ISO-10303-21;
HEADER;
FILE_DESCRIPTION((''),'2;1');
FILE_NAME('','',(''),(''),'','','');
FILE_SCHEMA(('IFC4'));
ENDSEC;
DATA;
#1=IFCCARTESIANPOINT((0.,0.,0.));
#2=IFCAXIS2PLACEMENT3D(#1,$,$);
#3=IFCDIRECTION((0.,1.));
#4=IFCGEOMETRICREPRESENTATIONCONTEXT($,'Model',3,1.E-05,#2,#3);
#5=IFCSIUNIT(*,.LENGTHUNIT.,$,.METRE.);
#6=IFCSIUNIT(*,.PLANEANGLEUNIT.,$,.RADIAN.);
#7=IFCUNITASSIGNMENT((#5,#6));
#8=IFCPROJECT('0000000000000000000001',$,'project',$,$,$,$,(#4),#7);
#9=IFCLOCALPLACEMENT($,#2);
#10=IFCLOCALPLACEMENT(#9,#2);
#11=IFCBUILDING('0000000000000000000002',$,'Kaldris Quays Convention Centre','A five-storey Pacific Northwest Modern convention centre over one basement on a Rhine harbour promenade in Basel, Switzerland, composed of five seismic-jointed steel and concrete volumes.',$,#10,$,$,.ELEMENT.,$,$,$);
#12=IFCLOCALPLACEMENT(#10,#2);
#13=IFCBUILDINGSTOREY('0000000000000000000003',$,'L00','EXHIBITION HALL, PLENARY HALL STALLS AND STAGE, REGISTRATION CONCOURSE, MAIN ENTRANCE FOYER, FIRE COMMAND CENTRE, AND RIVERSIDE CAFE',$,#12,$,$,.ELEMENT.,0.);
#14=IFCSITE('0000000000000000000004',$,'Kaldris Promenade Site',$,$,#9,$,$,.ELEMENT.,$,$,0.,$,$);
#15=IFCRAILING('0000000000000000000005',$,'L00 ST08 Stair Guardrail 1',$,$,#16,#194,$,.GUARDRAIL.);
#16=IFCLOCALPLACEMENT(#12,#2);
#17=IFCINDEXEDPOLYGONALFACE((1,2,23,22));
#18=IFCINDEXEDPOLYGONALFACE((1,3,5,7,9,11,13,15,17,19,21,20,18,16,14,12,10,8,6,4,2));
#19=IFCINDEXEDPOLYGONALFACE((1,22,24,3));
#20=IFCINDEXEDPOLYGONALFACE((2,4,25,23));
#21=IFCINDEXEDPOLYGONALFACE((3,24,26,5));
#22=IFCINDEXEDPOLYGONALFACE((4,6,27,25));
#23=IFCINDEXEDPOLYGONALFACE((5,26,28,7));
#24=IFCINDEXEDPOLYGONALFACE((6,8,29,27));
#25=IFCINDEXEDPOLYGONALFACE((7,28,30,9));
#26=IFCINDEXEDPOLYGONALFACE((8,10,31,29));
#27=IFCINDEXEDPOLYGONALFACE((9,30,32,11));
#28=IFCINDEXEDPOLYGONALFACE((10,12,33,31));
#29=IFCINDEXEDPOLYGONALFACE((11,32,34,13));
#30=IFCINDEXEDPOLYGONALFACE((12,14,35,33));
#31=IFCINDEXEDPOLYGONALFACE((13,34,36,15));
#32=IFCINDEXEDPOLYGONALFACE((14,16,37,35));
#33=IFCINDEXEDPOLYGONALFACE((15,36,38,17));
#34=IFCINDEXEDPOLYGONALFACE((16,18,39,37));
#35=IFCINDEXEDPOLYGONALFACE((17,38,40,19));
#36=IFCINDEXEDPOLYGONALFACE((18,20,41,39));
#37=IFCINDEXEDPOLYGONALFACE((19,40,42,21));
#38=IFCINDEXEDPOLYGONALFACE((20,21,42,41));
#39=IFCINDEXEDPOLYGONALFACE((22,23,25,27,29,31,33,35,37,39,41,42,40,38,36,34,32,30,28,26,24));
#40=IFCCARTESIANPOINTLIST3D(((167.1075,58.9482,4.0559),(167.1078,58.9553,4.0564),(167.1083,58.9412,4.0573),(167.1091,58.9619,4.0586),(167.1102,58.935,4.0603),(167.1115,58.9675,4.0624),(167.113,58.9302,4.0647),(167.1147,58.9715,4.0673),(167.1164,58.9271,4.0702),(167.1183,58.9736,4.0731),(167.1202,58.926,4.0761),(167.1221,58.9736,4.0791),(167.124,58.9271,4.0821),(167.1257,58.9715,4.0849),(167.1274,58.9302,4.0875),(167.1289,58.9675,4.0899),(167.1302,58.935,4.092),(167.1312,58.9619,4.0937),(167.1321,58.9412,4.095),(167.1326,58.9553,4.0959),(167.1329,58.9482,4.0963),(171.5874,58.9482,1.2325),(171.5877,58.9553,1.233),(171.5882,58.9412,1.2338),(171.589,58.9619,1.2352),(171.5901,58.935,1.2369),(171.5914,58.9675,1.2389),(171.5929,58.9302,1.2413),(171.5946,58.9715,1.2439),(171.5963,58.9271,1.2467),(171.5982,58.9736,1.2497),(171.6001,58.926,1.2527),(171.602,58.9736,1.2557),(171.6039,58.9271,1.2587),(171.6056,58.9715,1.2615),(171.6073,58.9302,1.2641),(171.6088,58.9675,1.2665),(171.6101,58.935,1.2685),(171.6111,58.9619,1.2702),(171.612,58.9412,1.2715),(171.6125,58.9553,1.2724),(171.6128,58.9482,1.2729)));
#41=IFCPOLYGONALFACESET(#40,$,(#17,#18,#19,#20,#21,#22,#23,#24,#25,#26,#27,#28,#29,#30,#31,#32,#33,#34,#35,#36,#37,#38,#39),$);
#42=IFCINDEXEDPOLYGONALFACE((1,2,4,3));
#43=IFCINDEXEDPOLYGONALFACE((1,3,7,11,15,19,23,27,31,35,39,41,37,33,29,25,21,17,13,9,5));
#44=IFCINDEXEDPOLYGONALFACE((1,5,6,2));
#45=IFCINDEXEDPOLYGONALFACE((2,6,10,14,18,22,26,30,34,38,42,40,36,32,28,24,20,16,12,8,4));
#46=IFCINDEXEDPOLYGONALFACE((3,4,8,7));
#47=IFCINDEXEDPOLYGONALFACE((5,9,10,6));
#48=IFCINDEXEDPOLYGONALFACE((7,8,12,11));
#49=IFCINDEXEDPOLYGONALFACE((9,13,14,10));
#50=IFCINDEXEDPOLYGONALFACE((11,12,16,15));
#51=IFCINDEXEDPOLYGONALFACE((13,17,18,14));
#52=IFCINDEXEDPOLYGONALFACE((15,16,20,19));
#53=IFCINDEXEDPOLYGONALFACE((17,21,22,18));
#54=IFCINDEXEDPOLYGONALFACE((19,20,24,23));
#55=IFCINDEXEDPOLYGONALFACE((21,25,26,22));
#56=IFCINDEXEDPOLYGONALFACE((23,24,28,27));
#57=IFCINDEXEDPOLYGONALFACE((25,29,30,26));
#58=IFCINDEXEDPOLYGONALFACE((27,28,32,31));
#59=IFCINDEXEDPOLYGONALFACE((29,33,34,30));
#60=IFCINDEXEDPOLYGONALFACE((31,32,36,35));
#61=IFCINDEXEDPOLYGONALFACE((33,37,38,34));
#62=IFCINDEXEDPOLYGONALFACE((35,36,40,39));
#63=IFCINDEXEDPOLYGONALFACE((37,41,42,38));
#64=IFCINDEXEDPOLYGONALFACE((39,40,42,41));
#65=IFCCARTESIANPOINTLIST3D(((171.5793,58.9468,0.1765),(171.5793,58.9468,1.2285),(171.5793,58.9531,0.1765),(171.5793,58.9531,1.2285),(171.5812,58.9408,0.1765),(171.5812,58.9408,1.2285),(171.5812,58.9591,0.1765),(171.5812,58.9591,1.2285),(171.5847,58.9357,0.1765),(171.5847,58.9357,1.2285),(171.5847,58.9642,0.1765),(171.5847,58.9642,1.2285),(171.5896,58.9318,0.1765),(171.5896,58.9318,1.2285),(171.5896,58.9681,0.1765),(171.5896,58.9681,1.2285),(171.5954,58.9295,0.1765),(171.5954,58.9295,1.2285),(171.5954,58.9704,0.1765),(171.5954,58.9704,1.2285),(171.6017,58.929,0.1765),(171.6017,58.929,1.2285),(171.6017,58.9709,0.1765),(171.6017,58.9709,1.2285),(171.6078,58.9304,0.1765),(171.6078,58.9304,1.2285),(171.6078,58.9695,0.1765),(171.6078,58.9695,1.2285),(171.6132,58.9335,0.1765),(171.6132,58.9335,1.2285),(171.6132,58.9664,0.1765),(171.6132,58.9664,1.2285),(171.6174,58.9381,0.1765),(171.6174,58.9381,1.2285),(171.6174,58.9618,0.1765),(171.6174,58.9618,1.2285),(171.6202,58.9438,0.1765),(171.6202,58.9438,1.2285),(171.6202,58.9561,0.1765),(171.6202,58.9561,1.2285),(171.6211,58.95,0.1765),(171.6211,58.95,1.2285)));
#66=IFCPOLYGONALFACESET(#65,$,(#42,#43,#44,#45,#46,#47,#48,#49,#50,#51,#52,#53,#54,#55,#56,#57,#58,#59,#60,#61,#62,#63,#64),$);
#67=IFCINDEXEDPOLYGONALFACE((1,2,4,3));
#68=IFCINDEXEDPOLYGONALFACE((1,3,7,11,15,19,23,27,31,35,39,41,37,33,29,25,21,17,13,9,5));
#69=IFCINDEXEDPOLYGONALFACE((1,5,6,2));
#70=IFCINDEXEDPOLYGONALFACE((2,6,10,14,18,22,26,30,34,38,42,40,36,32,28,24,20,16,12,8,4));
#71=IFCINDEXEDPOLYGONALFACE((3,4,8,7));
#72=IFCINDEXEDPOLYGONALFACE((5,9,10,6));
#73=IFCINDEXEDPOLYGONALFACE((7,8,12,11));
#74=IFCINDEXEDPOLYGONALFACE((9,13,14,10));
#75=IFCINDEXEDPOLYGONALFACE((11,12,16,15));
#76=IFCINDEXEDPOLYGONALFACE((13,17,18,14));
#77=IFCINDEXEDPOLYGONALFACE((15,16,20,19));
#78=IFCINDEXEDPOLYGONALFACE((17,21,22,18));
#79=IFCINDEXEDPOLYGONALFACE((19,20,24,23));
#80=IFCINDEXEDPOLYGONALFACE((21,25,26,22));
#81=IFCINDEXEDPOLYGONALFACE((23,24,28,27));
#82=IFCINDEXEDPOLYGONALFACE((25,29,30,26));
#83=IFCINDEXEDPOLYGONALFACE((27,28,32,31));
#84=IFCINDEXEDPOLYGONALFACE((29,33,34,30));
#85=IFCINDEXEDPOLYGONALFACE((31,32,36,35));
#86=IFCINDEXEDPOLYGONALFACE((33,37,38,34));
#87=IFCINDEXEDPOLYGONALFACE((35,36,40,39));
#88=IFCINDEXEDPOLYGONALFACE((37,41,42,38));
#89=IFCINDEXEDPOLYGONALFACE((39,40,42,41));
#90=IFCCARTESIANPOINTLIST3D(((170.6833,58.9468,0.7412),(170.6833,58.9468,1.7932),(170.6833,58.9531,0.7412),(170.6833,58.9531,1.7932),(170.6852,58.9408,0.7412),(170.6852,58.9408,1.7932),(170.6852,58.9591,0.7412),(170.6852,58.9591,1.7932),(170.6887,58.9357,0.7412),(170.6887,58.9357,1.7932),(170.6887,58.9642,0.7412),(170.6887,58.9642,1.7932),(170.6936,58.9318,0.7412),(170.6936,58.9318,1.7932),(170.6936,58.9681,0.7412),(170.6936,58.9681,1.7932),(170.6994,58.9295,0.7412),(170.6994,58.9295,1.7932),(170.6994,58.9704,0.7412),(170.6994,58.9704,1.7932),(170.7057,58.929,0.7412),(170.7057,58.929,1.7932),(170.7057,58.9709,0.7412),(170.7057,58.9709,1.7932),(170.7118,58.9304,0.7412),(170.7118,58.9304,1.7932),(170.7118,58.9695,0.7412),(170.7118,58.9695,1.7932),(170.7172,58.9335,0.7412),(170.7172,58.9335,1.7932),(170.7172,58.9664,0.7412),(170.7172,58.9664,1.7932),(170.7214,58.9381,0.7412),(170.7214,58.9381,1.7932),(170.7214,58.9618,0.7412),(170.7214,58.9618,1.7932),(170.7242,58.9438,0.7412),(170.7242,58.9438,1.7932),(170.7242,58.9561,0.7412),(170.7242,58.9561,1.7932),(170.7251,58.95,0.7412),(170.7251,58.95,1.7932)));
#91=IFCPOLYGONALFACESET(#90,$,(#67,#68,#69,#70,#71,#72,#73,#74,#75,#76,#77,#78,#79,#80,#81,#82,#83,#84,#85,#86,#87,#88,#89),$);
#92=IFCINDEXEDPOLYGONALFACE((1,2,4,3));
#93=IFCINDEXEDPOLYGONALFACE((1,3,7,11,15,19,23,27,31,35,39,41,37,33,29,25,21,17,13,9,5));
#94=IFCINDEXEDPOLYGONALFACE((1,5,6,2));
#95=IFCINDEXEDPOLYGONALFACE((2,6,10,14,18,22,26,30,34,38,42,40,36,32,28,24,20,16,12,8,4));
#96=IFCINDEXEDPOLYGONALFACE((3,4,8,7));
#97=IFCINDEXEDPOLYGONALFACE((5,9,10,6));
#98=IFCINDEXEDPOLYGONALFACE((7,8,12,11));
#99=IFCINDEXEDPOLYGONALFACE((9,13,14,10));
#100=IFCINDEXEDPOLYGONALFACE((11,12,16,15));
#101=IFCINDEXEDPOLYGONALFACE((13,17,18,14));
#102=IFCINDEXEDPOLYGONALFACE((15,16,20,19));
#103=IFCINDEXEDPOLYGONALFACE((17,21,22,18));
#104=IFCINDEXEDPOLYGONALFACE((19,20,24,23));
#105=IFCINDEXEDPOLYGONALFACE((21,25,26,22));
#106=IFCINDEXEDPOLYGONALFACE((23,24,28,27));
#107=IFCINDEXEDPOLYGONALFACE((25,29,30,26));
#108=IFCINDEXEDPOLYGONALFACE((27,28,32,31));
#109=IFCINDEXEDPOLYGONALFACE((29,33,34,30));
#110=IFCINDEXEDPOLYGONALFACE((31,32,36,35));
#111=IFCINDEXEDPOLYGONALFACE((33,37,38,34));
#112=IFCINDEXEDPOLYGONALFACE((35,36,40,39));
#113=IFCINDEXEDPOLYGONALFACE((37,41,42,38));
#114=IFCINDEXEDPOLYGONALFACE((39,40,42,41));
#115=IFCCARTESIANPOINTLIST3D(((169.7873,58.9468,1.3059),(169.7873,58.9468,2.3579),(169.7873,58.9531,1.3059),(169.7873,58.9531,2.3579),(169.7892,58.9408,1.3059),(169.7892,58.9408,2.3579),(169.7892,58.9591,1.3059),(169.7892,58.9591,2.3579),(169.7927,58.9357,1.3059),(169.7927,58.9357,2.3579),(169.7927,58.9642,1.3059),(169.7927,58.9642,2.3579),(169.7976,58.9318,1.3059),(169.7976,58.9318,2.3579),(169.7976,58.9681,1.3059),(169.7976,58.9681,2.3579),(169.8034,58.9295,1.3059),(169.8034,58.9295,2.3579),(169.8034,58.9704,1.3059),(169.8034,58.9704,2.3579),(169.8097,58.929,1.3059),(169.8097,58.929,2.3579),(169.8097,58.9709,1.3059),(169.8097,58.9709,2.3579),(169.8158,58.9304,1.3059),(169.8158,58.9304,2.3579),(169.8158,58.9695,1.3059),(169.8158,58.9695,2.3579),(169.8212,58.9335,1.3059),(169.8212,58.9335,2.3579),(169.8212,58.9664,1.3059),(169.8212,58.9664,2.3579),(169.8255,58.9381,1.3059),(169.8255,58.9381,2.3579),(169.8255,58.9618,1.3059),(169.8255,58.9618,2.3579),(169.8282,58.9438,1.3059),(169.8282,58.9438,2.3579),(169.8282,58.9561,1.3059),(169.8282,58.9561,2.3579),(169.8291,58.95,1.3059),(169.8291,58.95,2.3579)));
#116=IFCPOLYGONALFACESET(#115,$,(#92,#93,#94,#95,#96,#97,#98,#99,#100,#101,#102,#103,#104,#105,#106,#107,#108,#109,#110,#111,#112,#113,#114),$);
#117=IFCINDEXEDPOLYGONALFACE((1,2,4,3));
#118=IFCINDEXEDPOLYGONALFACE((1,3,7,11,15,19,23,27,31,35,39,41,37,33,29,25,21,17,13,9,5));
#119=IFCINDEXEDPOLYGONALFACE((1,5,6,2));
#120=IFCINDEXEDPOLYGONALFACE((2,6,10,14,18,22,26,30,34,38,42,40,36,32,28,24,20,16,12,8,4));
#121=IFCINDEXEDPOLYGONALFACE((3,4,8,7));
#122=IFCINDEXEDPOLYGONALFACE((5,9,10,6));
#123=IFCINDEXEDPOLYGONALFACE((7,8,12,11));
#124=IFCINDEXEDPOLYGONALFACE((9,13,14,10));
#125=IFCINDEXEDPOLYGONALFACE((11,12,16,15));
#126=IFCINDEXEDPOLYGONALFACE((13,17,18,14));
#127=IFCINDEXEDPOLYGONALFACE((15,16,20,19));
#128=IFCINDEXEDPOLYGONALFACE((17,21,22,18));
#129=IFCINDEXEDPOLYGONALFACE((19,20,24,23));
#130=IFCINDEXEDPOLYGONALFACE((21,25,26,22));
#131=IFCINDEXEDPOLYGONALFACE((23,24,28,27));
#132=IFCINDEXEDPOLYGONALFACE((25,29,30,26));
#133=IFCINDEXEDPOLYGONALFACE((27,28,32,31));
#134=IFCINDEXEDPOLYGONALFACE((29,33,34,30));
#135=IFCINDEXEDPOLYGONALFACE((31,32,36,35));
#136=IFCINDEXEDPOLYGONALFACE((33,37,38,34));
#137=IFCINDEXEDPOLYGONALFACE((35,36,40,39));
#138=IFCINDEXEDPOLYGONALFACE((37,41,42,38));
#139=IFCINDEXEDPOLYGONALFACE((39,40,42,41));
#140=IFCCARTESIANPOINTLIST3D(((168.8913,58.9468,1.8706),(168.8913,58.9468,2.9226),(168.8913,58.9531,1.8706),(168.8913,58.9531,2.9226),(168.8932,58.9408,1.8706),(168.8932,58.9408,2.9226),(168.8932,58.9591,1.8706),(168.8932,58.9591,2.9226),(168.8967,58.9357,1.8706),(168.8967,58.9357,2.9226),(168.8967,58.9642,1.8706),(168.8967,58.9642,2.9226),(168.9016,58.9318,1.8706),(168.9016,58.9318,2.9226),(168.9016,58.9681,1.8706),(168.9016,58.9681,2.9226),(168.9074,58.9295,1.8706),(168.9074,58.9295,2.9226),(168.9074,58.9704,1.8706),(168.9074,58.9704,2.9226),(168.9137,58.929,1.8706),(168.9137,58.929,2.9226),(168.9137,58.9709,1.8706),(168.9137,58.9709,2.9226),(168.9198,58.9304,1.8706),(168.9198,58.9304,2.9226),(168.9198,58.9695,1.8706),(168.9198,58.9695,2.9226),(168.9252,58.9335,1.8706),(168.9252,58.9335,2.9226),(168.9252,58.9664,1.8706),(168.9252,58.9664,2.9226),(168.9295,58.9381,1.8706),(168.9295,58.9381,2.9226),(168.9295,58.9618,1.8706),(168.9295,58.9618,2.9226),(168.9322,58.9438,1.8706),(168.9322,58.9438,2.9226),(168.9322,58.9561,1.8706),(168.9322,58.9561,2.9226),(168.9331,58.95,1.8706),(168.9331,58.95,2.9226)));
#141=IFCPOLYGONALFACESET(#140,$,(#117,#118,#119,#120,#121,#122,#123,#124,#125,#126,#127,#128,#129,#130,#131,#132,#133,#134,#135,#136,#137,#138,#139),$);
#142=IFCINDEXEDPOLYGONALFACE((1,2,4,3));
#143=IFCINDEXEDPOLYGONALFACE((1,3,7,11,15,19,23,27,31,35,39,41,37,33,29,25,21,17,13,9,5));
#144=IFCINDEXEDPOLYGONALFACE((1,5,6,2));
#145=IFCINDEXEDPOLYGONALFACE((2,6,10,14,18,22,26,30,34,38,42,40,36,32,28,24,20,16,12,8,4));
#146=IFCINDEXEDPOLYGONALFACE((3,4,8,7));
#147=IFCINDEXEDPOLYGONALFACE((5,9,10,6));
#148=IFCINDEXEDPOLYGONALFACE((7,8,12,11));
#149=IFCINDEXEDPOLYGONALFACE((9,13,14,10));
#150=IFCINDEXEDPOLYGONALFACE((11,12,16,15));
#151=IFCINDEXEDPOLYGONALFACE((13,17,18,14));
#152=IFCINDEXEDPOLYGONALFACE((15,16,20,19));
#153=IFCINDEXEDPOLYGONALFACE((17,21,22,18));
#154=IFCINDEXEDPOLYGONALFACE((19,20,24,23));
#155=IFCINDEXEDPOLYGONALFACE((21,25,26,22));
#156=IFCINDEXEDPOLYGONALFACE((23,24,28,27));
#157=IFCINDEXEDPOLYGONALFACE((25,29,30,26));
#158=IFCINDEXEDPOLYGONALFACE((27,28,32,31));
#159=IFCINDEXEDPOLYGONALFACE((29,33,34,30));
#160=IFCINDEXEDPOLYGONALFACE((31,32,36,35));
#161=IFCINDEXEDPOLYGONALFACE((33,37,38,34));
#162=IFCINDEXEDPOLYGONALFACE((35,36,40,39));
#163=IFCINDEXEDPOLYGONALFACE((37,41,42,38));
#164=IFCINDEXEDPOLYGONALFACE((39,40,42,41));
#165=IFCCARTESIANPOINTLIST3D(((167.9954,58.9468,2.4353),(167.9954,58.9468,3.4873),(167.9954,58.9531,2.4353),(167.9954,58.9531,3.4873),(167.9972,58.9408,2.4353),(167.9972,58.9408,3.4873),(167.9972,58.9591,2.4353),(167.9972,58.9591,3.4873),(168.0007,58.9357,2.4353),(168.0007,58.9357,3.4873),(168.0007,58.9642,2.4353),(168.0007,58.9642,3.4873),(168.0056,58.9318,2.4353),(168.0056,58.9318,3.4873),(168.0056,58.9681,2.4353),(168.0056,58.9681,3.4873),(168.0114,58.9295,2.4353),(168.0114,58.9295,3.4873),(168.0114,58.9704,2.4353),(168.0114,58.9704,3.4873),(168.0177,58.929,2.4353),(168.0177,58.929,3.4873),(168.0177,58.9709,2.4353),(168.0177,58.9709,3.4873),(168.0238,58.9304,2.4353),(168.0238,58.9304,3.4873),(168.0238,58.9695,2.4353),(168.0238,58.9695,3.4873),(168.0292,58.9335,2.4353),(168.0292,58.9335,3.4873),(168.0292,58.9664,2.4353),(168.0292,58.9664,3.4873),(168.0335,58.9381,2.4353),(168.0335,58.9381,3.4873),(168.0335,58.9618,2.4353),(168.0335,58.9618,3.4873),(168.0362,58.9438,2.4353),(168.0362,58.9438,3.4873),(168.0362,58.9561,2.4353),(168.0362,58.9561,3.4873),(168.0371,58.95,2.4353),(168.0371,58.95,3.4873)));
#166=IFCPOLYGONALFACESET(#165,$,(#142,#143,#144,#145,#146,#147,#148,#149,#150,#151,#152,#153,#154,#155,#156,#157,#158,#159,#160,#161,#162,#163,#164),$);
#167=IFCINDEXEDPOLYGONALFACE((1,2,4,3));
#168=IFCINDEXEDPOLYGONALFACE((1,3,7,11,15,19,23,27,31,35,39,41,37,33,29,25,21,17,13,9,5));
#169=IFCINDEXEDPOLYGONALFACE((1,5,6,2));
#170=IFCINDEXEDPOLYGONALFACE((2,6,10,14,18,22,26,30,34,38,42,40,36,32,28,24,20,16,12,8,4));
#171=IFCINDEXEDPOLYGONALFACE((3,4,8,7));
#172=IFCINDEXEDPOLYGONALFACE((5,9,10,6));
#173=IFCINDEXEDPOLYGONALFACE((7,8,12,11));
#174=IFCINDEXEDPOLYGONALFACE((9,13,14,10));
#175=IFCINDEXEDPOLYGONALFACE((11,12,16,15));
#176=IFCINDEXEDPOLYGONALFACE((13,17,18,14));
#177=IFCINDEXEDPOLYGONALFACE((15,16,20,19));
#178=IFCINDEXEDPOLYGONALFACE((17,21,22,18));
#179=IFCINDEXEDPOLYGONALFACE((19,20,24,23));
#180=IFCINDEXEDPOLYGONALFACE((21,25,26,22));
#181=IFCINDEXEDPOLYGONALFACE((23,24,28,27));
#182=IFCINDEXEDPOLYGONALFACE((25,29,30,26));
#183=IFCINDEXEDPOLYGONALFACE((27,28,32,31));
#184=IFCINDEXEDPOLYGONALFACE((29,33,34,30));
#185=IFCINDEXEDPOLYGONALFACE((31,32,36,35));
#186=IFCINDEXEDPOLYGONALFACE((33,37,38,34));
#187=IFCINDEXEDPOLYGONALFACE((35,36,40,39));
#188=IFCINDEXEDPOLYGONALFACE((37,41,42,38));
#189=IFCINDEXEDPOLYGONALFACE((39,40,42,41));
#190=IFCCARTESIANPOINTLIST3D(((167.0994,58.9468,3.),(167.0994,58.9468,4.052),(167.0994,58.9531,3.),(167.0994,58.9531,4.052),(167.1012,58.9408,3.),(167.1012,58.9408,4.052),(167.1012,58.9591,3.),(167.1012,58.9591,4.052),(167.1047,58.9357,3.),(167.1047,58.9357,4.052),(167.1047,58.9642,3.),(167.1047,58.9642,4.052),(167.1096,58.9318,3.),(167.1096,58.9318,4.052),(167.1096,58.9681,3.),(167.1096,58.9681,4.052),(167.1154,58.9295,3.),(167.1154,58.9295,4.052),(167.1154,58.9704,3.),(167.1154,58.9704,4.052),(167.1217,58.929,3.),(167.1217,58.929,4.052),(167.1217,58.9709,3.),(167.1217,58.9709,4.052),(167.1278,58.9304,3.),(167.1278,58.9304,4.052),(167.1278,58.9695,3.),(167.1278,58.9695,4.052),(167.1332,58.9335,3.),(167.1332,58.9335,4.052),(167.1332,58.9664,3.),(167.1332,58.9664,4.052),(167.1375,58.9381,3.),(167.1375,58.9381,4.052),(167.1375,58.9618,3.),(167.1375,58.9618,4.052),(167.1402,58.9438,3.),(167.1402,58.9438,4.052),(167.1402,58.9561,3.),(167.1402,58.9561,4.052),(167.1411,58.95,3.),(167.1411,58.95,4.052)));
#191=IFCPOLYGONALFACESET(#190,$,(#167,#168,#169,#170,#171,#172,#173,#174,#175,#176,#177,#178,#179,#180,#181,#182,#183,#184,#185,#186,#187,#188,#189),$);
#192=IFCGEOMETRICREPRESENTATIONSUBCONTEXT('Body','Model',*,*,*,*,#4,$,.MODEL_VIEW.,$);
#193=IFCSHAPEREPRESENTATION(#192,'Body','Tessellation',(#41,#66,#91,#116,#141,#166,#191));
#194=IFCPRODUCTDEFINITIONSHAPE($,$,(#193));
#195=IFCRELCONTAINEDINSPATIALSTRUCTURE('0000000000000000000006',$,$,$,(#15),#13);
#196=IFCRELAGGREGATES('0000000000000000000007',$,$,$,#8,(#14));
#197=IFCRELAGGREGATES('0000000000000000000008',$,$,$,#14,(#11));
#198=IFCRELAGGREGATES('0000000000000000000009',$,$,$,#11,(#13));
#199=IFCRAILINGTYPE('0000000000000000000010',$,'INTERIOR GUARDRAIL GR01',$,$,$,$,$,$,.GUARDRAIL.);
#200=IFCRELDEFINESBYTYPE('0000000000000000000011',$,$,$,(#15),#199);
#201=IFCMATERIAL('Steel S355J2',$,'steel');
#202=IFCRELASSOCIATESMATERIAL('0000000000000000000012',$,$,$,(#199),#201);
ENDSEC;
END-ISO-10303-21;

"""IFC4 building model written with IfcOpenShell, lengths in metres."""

from ifc_helpers import new_model, si_unit, direction, frame, origin, origin_2d, place, context, subcontext, project, spatial, circle, extrude, material, type_object, element, save


model = new_model("IFC4")

# Units and contexts
model_context = context("Model", 3, precision=1e-05, world=origin(), true_north=direction((0.0, 1.0)))
body_context = subcontext(model_context, "Body", "Model", "MODEL_VIEW")
ifc_project = project(units=[si_unit("LENGTHUNIT", "METRE"), si_unit("PLANEANGLEUNIT", "RADIAN")], contexts=[model_context])

# Site, building, storey
site_placement = place(None, origin())
site = spatial("IfcSite", under=ifc_project, at=site_placement, Name="Kaldris Promenade Site", CompositionType="ELEMENT", RefElevation=0.0)
building_placement = place(site_placement, origin())
building = spatial("IfcBuilding", under=site, at=building_placement, Name="Kaldris Quays Convention Centre", Description="A five-storey Pacific Northwest Modern convention centre over one basement on a Rhine harbour promenade in Basel, Switzerland, composed of five seismic-jointed steel and concrete volumes.", CompositionType="ELEMENT")
storey_placement = place(building_placement, origin())
storey = spatial("IfcBuildingStorey", under=building, at=storey_placement, Name="L00", Description="EXHIBITION HALL, PLENARY HALL STALLS AND STAGE, REGISTRATION CONCOURSE, MAIN ENTRANCE FOYER, FIRE COMMAND CENTRE, AND RIVERSIDE CAFE", CompositionType="ELEMENT", Elevation=0.0)

# Shared definitions
ifc_material_1 = material(Name="Steel S355J2", Category="steel")

# Railing
railing_type_1 = type_object("IfcRailingType", Name="INTERIOR GUARDRAIL GR01", PredefinedType="GUARDRAIL", material=ifc_material_1)
railing_1_placement = place(storey_placement, frame((171.6001, 58.95, 0.1765)))
element("IfcRailing", 1, at=railing_1_placement, inside=storey, type_object=railing_type_1, Name="L00 ST08 Stair Guardrail 1", PredefinedType="GUARDRAIL", context=body_context, shape_type="SweptSolid", body=[
    extrude(circle(Radius=0.0239, at=origin_2d()), frame((0.0, 0.0, 1.0762), z_axis=(-0.845998, 0.0, 0.533186), x_axis=(0.0, -1.0, 0.0)), (0.0, 0.0, 1.0), 5.2954),
    extrude(circle(Radius=0.021, at=origin_2d()), origin(), (0.0, 0.0, 1.0), 1.052),
    extrude(circle(Radius=0.021, at=origin_2d()), frame((-0.896, 0.0, 0.5647)), (0.0, 0.0, 1.0), 1.052),
    extrude(circle(Radius=0.021, at=origin_2d()), frame((-1.792, 0.0, 1.1294)), (0.0, 0.0, 1.0), 1.052),
    extrude(circle(Radius=0.021, at=origin_2d()), frame((-2.688, 0.0, 1.6941)), (0.0, 0.0, 1.0), 1.052),
    extrude(circle(Radius=0.021, at=origin_2d()), frame((-3.584, 0.0, 2.2588)), (0.0, 0.0, 1.0), 1.052),
    extrude(circle(Radius=0.021, at=origin_2d()), frame((-4.48, 0.0, 2.8235)), (0.0, 0.0, 1.0), 1.052),
])

save(model, "model.ifc")
